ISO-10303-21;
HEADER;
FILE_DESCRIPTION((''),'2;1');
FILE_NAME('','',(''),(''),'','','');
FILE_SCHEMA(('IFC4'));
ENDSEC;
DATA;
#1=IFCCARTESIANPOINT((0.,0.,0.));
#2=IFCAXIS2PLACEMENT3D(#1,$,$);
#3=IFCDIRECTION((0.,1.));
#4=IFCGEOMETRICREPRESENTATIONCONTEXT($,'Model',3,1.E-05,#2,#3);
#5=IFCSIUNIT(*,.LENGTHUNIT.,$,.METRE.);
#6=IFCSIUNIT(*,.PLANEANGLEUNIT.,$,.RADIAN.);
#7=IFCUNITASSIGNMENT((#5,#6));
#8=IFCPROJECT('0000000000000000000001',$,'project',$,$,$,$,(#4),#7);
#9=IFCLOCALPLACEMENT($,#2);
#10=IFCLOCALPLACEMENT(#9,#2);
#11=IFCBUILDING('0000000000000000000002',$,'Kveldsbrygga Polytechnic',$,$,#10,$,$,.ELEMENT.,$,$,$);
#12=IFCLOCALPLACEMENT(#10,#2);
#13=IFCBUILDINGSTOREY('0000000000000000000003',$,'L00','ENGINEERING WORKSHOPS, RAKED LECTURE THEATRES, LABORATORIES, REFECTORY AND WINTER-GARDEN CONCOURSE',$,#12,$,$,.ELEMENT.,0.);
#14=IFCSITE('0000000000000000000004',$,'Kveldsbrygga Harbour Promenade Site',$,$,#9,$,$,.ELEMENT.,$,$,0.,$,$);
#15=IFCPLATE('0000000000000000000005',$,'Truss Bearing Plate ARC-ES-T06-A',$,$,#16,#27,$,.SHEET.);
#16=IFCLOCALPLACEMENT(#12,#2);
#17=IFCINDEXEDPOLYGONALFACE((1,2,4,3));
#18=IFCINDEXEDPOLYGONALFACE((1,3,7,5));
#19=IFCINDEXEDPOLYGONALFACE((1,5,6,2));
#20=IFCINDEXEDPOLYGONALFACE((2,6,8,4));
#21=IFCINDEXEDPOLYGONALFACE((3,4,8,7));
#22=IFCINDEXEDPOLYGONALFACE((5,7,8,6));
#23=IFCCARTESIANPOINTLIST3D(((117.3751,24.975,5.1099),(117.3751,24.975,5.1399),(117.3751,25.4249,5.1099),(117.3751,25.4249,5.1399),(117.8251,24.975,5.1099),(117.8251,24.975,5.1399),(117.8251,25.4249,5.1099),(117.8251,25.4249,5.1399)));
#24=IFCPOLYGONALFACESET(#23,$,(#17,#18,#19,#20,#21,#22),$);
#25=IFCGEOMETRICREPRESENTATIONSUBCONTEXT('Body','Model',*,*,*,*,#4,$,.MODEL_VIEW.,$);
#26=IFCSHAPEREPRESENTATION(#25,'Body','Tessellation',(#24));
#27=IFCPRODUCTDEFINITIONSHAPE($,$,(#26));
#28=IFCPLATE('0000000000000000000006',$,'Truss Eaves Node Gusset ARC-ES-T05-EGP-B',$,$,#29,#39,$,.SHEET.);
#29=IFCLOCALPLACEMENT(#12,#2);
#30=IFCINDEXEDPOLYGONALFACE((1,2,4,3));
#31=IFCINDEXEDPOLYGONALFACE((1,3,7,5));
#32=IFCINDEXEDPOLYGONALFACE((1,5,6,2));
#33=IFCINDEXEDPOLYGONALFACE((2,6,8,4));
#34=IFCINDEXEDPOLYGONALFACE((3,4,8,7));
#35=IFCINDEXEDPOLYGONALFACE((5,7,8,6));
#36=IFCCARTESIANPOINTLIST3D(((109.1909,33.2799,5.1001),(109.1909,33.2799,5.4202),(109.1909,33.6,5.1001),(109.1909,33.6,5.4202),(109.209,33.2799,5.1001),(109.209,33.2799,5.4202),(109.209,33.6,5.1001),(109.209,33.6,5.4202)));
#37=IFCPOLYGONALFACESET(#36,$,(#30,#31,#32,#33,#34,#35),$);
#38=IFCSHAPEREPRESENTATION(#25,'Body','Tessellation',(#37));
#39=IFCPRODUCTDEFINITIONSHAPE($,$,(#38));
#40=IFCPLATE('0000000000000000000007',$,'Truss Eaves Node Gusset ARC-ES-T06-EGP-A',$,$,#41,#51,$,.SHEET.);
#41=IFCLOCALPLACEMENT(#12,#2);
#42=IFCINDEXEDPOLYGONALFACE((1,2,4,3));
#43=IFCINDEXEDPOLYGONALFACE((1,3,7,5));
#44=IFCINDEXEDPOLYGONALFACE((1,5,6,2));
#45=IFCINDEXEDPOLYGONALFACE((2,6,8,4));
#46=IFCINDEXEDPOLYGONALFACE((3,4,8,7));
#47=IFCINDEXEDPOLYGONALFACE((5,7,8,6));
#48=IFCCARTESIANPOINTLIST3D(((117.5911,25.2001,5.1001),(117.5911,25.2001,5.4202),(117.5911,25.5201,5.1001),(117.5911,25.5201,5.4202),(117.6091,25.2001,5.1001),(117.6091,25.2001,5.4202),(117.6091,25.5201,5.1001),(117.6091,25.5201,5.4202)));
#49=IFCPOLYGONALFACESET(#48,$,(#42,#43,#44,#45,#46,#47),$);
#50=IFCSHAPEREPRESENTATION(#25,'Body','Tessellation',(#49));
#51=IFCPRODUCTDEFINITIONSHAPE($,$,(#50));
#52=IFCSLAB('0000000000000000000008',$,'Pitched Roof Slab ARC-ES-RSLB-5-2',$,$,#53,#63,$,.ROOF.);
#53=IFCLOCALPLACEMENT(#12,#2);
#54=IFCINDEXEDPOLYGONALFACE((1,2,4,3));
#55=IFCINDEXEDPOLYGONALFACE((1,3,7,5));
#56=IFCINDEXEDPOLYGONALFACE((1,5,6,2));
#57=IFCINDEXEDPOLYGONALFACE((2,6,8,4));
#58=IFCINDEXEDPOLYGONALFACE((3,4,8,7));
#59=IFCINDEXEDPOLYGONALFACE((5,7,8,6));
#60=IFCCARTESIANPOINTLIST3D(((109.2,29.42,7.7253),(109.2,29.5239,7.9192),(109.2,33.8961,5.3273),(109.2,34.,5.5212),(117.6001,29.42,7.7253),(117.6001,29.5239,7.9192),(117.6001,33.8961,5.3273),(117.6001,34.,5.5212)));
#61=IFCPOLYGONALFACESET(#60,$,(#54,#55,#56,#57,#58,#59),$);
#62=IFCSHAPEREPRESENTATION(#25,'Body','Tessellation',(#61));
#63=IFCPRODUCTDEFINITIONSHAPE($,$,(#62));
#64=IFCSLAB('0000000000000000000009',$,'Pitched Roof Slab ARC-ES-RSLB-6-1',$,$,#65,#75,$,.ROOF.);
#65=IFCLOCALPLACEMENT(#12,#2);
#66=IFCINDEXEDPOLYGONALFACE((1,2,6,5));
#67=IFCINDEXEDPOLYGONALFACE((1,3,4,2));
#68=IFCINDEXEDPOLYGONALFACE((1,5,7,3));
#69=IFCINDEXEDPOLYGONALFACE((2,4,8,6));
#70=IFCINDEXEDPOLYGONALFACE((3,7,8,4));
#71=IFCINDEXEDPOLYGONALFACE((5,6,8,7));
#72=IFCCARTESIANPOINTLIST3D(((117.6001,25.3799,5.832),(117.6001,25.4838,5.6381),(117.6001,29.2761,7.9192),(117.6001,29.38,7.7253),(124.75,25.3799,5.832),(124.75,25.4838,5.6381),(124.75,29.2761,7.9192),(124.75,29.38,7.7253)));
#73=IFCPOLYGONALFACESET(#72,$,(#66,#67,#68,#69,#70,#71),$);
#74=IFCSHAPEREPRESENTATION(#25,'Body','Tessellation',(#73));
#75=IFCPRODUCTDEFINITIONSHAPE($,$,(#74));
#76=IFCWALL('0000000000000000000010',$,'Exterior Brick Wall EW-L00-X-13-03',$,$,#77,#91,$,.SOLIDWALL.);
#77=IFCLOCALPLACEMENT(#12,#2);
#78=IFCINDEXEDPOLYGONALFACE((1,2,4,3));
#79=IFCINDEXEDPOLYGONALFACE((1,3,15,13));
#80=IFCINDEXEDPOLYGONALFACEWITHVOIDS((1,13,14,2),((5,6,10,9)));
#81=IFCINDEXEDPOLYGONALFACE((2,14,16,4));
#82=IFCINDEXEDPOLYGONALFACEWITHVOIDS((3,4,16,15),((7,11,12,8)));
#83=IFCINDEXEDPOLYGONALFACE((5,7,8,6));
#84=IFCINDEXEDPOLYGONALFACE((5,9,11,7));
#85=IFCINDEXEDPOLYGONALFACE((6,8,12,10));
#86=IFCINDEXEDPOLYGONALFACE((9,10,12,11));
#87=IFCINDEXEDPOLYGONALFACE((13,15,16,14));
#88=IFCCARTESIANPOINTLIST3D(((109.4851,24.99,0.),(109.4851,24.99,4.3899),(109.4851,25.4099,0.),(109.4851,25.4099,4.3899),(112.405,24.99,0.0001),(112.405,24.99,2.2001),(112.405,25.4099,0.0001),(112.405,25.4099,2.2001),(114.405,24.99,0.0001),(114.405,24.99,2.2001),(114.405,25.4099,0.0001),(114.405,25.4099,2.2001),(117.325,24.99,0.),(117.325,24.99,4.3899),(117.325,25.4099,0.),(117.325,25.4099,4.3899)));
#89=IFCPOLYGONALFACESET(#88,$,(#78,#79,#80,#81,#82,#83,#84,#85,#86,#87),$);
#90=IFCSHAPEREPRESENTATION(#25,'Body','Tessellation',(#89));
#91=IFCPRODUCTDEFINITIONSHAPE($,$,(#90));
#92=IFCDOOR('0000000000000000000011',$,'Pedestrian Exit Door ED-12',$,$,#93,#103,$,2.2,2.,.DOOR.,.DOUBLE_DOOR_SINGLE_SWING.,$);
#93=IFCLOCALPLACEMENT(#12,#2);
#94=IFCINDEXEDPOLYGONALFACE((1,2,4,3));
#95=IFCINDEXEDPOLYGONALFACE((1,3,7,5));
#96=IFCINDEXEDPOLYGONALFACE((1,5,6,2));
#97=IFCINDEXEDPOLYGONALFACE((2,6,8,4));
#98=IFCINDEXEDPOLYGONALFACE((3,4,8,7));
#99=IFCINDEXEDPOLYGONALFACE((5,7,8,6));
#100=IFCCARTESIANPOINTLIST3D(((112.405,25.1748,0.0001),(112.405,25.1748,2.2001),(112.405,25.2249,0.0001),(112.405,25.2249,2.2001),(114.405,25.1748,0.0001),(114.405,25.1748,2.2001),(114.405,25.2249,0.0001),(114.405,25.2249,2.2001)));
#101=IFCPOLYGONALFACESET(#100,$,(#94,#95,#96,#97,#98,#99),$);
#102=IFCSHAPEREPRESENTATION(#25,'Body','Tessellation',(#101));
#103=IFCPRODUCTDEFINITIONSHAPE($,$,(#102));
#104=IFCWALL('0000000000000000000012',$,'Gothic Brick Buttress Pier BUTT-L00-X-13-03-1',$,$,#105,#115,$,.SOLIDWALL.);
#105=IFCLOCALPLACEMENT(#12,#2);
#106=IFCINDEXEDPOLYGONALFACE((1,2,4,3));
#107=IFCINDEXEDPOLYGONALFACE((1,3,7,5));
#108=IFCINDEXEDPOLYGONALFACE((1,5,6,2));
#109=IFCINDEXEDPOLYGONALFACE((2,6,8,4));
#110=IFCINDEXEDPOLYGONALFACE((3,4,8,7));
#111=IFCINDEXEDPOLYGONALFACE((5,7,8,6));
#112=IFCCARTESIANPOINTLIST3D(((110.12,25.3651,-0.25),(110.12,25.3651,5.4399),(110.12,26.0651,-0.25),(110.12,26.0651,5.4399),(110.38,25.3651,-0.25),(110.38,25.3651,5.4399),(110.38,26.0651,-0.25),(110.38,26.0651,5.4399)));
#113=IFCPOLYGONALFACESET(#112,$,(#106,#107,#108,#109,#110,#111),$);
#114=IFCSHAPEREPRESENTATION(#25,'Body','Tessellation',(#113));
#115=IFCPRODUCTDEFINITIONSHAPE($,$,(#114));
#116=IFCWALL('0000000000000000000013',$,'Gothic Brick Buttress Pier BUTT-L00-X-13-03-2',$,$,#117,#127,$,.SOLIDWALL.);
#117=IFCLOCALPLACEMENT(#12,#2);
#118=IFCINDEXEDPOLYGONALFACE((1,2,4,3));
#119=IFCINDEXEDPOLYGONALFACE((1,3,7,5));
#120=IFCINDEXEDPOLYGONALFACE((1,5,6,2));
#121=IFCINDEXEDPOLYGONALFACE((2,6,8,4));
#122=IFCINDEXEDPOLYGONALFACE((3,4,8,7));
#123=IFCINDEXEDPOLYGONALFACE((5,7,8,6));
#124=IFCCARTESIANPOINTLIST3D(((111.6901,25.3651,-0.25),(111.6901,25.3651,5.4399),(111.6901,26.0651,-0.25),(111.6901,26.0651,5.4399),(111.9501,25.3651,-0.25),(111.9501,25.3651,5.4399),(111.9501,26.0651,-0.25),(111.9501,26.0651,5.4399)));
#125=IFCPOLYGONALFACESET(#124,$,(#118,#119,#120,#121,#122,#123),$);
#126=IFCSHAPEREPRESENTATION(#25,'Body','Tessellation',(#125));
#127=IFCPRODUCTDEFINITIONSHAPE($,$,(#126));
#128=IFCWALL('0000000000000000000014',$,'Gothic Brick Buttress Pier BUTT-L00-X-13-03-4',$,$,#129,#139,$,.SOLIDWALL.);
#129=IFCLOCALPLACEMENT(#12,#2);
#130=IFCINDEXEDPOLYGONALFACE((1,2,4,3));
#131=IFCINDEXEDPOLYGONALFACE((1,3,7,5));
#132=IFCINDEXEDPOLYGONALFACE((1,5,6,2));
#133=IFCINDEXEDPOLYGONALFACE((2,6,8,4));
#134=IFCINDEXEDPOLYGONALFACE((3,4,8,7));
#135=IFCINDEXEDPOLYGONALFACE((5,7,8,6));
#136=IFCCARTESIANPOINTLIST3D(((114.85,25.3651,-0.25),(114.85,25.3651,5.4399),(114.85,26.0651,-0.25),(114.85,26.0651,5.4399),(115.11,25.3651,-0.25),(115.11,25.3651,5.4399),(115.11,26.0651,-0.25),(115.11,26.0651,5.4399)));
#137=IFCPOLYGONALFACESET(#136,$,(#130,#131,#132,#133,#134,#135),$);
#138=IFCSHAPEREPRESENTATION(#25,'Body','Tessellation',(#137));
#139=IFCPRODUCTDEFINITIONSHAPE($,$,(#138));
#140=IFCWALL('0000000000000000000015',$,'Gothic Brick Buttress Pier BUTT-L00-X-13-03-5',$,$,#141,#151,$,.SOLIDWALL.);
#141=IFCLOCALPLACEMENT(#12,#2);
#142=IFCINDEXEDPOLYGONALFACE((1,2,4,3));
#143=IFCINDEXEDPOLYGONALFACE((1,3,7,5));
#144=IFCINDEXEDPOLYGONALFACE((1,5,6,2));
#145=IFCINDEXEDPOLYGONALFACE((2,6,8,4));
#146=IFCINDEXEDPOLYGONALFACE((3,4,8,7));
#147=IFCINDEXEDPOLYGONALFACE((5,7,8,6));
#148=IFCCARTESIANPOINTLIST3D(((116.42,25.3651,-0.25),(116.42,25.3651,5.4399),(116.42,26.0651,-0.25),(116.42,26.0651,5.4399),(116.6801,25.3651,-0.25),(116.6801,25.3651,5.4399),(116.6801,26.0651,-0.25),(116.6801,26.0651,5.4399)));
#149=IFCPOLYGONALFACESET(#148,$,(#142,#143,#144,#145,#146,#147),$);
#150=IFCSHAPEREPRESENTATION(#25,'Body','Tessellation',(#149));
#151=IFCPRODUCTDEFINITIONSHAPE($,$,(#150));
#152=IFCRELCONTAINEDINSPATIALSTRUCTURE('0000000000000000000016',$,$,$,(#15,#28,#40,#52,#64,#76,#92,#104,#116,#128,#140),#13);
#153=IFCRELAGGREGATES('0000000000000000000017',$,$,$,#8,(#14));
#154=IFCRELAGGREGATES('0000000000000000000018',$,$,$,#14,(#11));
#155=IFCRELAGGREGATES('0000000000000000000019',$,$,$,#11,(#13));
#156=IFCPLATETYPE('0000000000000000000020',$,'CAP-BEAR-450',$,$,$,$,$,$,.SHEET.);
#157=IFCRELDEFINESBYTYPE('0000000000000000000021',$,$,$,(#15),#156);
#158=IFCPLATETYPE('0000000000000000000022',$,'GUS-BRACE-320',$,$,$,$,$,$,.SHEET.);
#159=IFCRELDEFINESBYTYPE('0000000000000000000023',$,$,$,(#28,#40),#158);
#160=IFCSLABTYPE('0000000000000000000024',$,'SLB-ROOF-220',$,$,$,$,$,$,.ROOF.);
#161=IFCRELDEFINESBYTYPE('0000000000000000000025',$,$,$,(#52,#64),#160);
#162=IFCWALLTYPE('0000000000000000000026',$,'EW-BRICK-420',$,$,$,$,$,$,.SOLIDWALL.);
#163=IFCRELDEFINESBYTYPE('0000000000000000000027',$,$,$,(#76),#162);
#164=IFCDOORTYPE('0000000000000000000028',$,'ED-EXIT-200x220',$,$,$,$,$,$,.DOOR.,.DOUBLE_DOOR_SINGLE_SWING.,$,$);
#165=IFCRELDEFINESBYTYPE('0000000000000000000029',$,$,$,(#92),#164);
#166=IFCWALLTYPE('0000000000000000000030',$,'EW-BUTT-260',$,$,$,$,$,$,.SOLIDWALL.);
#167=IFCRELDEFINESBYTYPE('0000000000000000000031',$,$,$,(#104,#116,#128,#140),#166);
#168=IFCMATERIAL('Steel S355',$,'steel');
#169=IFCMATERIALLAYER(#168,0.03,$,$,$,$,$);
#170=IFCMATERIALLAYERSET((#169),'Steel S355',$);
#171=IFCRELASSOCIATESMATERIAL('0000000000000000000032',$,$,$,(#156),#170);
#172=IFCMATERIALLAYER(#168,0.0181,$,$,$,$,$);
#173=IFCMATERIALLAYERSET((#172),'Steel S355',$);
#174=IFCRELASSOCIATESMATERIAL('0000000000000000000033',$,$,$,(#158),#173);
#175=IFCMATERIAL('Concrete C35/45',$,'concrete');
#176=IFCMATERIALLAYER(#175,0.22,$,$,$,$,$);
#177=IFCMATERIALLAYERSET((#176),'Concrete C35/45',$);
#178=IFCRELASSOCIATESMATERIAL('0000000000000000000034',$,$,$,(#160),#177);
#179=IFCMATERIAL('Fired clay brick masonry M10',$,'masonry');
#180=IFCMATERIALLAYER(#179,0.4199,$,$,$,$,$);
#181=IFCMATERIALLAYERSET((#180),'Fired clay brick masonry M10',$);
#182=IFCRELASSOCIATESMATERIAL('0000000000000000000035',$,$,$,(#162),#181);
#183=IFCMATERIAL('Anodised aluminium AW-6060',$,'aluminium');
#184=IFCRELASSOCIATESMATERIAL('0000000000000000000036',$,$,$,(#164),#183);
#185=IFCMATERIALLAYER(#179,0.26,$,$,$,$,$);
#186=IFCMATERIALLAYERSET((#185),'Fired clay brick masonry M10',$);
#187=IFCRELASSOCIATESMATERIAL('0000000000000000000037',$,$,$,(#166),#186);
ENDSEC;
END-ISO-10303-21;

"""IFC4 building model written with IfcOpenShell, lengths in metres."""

from ifc_helpers import new_model, si_unit, direction, frame, frame_2d, origin, origin_2d, place, context, subcontext, project, spatial, polyline, rectangle, outline, extrude, material, layer, layer_set, type_object, element, fill, save


model = new_model("IFC4")

# Units and contexts
model_context = context("Model", 3, precision=1e-05, world=origin(), true_north=direction((0.0, 1.0)))
body_context = subcontext(model_context, "Body", "Model", "MODEL_VIEW")
ifc_project = project(units=[si_unit("LENGTHUNIT", "METRE"), si_unit("PLANEANGLEUNIT", "RADIAN")], contexts=[model_context])

# Site, building, storey
site_placement = place(None, origin())
site = spatial("IfcSite", under=ifc_project, at=site_placement, Name="Kveldsbrygga Harbour Promenade Site", CompositionType="ELEMENT", RefElevation=0.0)
building_placement = place(site_placement, origin())
building = spatial("IfcBuilding", under=site, at=building_placement, Name="Kveldsbrygga Polytechnic", CompositionType="ELEMENT")
storey_placement = place(building_placement, origin())
storey = spatial("IfcBuildingStorey", under=building, at=storey_placement, Name="L00", Description="ENGINEERING WORKSHOPS, RAKED LECTURE THEATRES, LABORATORIES, REFECTORY AND WINTER-GARDEN CONCOURSE", CompositionType="ELEMENT", Elevation=0.0)

# Shared definitions
ifc_material_1 = material(Name="Concrete C35/45", Category="concrete")

# Shared definitions
ifc_material_2 = material(Name="Steel S355", Category="steel")

# Plates
ifc_layer_1 = layer(ifc_material_2, 0.03)
ifc_layer_set_1 = layer_set([ifc_layer_1], Name="Steel S355")
plate_type_1 = type_object("IfcPlateType", Name="CAP-BEAR-450", PredefinedType="SHEET", material=ifc_layer_set_1)
plate_placement = place(storey_placement, frame((117.6001, 25.2, 5.1099), z_axis=(0.0, 0.0, 1.0), x_axis=(1.0, 0.0, 0.0)))
element("IfcPlate", 1, at=plate_placement, inside=storey, type_object=plate_type_1, Name="Truss Bearing Plate ARC-ES-T06-A", PredefinedType="SHEET", context=body_context, shape_type="SweptSolid", body=[
    extrude(rectangle(XDim=0.45, YDim=0.45, at=origin_2d()), origin(), (0.0, 0.0, 1.0), 0.03),
])
ifc_layer_2 = layer(ifc_material_2, 0.0181)
ifc_layer_set_2 = layer_set([ifc_layer_2], Name="Steel S355")
plate_type_2 = type_object("IfcPlateType", Name="GUS-BRACE-320", PredefinedType="SHEET", material=ifc_layer_set_2)
for number, where, z_axis, x_axis, name in (
    (2, (109.2, 33.4399, 5.1001), (0.0, 0.0, 1.0), (1.0, 0.0, 0.0), "Truss Eaves Node Gusset ARC-ES-T05-EGP-B"),
    (3, (117.6001, 25.3601, 5.1001), (0.0, 0.0, 1.0), (1.0, 0.0, 0.0), "Truss Eaves Node Gusset ARC-ES-T06-EGP-A"),
):
    element("IfcPlate", number, at=place(storey_placement, frame(where, z_axis=z_axis, x_axis=x_axis)), inside=storey, type_object=plate_type_2, Name=name, PredefinedType="SHEET", context=body_context, shape_type="SweptSolid", body=[
        extrude(rectangle(XDim=0.0181, YDim=0.3201, at=origin_2d()), origin(), (0.0, 0.0, 1.0), 0.3201),
    ])

# Slabs
ifc_layer_3 = layer(ifc_material_1, 0.22)
ifc_layer_set_3 = layer_set([ifc_layer_3], Name="Concrete C35/45")
slab_type = type_object("IfcSlabType", Name="SLB-ROOF-220", PredefinedType="ROOF", material=ifc_layer_set_3)
slab_1_placement = place(storey_placement, frame((109.2, 29.5239, 7.9192), z_axis=(0.0, 0.472229, 0.881476), x_axis=(1.0, 0.0, 0.0)))
element("IfcSlab", 4, at=slab_1_placement, inside=storey, type_object=slab_type, Name="Pitched Roof Slab ARC-ES-RSLB-5-2", PredefinedType="ROOF", context=body_context, shape_type="SweptSolid", body=[
    extrude(outline(polyline([(0.0, 0.0), (8.4001, 0.0), (8.4001, 5.0779), (0.0, 5.0779), (0.0, 0.0)])), origin(), (0.0, 0.0, -1.0), 0.22),
])
slab_2_placement = place(storey_placement, frame((117.6001, 25.3799, 5.832), z_axis=(0.0, -0.472201, 0.881491), x_axis=(1.0, 0.0, 0.0)))
element("IfcSlab", 5, at=slab_2_placement, inside=storey, type_object=slab_type, Name="Pitched Roof Slab ARC-ES-RSLB-6-1", PredefinedType="ROOF", context=body_context, shape_type="SweptSolid", body=[
    extrude(outline(polyline([(0.0, 0.0), (7.1499, 0.0), (7.1499, 4.4201), (0.0, 4.4201), (0.0, 0.0)])), origin(), (0.0, 0.0, -1.0), 0.22),
])

# Wall, opening, door
ifc_material_3 = material(Name="Fired clay brick masonry M10", Category="masonry")
ifc_layer_4 = layer(ifc_material_3, 0.4199)
ifc_layer_set_4 = layer_set([ifc_layer_4], Name="Fired clay brick masonry M10")
wall_type_1 = type_object("IfcWallType", Name="EW-BRICK-420", PredefinedType="SOLIDWALL", material=ifc_layer_set_4)
wall_placement = place(storey_placement, frame((109.4851, 25.2, 0.0), z_axis=(0.0, 0.0, 1.0), x_axis=(1.0, 0.0, 0.0)))
wall = element("IfcWall", 6, at=wall_placement, inside=storey, type_object=wall_type_1, Name="Exterior Brick Wall EW-L00-X-13-03", PredefinedType="SOLIDWALL", context=body_context, shape_type="SweptSolid", body=[
    extrude(rectangle(XDim=7.8398, YDim=0.4199, at=frame_2d((3.9199, 0.0))), origin(), (0.0, 0.0, 1.0), 4.3899),
])
opening_placement = place(wall_placement, frame((2.9199, 0.0, 0.0)))
opening = element("IfcOpeningElement", 7, at=opening_placement, cuts=wall, PredefinedType="OPENING", context=body_context, shape_type="SweptSolid", body=[
    extrude(rectangle(XDim=2.0, YDim=2.2, at=frame_2d((1.0, 1.1001))), frame((0.0, 0.22, 0.0), z_axis=(0.0, -1.0, 0.0), x_axis=(1.0, 0.0, 0.0)), (0.0, 0.0, 1.0), 0.4399),
])
ifc_material_4 = material(Name="Anodised aluminium AW-6060", Category="aluminium")
door_type = type_object("IfcDoorType", Name="ED-EXIT-200x220", OperationType="DOUBLE_DOOR_SINGLE_SWING", PredefinedType="DOOR", material=ifc_material_4)
door_placement = place(opening_placement, origin())
door = element("IfcDoor", 8, at=door_placement, inside=storey, type_object=door_type, Name="Pedestrian Exit Door ED-12", OperationType="DOUBLE_DOOR_SINGLE_SWING", OverallHeight=2.2, OverallWidth=2.0, PredefinedType="DOOR", context=body_context, shape_type="SweptSolid", body=[
    extrude(rectangle(XDim=2.0, YDim=2.2, at=frame_2d((1.0, 1.1001))), frame((0.0, 0.0249, 0.0), z_axis=(0.0, -1.0, 0.0), x_axis=(1.0, 0.0, 0.0)), (0.0, 0.0, 1.0), 0.05),
])
fill(opening, door)

# Walls
ifc_layer_5 = layer(ifc_material_3, 0.26)
ifc_layer_set_5 = layer_set([ifc_layer_5], Name="Fired clay brick masonry M10")
wall_type_2 = type_object("IfcWallType", Name="EW-BUTT-260", PredefinedType="SOLIDWALL", material=ifc_layer_set_5)
for number, where, z_axis, x_axis, name in (
    (9, (110.25, 25.365, -0.25), (0.0, 0.0, 1.0), (0.0, 1.0, 0.0), "Gothic Brick Buttress Pier BUTT-L00-X-13-03-1"),
    (10, (111.8201, 25.365, -0.25), (0.0, 0.0, 1.0), (0.0, 1.0, 0.0), "Gothic Brick Buttress Pier BUTT-L00-X-13-03-2"),
    (11, (114.98, 25.365, -0.25), (0.0, 0.0, 1.0), (0.0, 1.0, 0.0), "Gothic Brick Buttress Pier BUTT-L00-X-13-03-4"),
    (12, (116.55, 25.365, -0.25), (0.0, 0.0, 1.0), (0.0, 1.0, 0.0), "Gothic Brick Buttress Pier BUTT-L00-X-13-03-5"),
):
    element("IfcWall", number, at=place(storey_placement, frame(where, z_axis=z_axis, x_axis=x_axis)), inside=storey, type_object=wall_type_2, Name=name, PredefinedType="SOLIDWALL", context=body_context, shape_type="SweptSolid", body=[
        extrude(rectangle(XDim=0.7, YDim=0.26, at=frame_2d((0.3501, 0.0))), origin(), (0.0, 0.0, 1.0), 5.6899),
    ])

save(model, "model.ifc")
